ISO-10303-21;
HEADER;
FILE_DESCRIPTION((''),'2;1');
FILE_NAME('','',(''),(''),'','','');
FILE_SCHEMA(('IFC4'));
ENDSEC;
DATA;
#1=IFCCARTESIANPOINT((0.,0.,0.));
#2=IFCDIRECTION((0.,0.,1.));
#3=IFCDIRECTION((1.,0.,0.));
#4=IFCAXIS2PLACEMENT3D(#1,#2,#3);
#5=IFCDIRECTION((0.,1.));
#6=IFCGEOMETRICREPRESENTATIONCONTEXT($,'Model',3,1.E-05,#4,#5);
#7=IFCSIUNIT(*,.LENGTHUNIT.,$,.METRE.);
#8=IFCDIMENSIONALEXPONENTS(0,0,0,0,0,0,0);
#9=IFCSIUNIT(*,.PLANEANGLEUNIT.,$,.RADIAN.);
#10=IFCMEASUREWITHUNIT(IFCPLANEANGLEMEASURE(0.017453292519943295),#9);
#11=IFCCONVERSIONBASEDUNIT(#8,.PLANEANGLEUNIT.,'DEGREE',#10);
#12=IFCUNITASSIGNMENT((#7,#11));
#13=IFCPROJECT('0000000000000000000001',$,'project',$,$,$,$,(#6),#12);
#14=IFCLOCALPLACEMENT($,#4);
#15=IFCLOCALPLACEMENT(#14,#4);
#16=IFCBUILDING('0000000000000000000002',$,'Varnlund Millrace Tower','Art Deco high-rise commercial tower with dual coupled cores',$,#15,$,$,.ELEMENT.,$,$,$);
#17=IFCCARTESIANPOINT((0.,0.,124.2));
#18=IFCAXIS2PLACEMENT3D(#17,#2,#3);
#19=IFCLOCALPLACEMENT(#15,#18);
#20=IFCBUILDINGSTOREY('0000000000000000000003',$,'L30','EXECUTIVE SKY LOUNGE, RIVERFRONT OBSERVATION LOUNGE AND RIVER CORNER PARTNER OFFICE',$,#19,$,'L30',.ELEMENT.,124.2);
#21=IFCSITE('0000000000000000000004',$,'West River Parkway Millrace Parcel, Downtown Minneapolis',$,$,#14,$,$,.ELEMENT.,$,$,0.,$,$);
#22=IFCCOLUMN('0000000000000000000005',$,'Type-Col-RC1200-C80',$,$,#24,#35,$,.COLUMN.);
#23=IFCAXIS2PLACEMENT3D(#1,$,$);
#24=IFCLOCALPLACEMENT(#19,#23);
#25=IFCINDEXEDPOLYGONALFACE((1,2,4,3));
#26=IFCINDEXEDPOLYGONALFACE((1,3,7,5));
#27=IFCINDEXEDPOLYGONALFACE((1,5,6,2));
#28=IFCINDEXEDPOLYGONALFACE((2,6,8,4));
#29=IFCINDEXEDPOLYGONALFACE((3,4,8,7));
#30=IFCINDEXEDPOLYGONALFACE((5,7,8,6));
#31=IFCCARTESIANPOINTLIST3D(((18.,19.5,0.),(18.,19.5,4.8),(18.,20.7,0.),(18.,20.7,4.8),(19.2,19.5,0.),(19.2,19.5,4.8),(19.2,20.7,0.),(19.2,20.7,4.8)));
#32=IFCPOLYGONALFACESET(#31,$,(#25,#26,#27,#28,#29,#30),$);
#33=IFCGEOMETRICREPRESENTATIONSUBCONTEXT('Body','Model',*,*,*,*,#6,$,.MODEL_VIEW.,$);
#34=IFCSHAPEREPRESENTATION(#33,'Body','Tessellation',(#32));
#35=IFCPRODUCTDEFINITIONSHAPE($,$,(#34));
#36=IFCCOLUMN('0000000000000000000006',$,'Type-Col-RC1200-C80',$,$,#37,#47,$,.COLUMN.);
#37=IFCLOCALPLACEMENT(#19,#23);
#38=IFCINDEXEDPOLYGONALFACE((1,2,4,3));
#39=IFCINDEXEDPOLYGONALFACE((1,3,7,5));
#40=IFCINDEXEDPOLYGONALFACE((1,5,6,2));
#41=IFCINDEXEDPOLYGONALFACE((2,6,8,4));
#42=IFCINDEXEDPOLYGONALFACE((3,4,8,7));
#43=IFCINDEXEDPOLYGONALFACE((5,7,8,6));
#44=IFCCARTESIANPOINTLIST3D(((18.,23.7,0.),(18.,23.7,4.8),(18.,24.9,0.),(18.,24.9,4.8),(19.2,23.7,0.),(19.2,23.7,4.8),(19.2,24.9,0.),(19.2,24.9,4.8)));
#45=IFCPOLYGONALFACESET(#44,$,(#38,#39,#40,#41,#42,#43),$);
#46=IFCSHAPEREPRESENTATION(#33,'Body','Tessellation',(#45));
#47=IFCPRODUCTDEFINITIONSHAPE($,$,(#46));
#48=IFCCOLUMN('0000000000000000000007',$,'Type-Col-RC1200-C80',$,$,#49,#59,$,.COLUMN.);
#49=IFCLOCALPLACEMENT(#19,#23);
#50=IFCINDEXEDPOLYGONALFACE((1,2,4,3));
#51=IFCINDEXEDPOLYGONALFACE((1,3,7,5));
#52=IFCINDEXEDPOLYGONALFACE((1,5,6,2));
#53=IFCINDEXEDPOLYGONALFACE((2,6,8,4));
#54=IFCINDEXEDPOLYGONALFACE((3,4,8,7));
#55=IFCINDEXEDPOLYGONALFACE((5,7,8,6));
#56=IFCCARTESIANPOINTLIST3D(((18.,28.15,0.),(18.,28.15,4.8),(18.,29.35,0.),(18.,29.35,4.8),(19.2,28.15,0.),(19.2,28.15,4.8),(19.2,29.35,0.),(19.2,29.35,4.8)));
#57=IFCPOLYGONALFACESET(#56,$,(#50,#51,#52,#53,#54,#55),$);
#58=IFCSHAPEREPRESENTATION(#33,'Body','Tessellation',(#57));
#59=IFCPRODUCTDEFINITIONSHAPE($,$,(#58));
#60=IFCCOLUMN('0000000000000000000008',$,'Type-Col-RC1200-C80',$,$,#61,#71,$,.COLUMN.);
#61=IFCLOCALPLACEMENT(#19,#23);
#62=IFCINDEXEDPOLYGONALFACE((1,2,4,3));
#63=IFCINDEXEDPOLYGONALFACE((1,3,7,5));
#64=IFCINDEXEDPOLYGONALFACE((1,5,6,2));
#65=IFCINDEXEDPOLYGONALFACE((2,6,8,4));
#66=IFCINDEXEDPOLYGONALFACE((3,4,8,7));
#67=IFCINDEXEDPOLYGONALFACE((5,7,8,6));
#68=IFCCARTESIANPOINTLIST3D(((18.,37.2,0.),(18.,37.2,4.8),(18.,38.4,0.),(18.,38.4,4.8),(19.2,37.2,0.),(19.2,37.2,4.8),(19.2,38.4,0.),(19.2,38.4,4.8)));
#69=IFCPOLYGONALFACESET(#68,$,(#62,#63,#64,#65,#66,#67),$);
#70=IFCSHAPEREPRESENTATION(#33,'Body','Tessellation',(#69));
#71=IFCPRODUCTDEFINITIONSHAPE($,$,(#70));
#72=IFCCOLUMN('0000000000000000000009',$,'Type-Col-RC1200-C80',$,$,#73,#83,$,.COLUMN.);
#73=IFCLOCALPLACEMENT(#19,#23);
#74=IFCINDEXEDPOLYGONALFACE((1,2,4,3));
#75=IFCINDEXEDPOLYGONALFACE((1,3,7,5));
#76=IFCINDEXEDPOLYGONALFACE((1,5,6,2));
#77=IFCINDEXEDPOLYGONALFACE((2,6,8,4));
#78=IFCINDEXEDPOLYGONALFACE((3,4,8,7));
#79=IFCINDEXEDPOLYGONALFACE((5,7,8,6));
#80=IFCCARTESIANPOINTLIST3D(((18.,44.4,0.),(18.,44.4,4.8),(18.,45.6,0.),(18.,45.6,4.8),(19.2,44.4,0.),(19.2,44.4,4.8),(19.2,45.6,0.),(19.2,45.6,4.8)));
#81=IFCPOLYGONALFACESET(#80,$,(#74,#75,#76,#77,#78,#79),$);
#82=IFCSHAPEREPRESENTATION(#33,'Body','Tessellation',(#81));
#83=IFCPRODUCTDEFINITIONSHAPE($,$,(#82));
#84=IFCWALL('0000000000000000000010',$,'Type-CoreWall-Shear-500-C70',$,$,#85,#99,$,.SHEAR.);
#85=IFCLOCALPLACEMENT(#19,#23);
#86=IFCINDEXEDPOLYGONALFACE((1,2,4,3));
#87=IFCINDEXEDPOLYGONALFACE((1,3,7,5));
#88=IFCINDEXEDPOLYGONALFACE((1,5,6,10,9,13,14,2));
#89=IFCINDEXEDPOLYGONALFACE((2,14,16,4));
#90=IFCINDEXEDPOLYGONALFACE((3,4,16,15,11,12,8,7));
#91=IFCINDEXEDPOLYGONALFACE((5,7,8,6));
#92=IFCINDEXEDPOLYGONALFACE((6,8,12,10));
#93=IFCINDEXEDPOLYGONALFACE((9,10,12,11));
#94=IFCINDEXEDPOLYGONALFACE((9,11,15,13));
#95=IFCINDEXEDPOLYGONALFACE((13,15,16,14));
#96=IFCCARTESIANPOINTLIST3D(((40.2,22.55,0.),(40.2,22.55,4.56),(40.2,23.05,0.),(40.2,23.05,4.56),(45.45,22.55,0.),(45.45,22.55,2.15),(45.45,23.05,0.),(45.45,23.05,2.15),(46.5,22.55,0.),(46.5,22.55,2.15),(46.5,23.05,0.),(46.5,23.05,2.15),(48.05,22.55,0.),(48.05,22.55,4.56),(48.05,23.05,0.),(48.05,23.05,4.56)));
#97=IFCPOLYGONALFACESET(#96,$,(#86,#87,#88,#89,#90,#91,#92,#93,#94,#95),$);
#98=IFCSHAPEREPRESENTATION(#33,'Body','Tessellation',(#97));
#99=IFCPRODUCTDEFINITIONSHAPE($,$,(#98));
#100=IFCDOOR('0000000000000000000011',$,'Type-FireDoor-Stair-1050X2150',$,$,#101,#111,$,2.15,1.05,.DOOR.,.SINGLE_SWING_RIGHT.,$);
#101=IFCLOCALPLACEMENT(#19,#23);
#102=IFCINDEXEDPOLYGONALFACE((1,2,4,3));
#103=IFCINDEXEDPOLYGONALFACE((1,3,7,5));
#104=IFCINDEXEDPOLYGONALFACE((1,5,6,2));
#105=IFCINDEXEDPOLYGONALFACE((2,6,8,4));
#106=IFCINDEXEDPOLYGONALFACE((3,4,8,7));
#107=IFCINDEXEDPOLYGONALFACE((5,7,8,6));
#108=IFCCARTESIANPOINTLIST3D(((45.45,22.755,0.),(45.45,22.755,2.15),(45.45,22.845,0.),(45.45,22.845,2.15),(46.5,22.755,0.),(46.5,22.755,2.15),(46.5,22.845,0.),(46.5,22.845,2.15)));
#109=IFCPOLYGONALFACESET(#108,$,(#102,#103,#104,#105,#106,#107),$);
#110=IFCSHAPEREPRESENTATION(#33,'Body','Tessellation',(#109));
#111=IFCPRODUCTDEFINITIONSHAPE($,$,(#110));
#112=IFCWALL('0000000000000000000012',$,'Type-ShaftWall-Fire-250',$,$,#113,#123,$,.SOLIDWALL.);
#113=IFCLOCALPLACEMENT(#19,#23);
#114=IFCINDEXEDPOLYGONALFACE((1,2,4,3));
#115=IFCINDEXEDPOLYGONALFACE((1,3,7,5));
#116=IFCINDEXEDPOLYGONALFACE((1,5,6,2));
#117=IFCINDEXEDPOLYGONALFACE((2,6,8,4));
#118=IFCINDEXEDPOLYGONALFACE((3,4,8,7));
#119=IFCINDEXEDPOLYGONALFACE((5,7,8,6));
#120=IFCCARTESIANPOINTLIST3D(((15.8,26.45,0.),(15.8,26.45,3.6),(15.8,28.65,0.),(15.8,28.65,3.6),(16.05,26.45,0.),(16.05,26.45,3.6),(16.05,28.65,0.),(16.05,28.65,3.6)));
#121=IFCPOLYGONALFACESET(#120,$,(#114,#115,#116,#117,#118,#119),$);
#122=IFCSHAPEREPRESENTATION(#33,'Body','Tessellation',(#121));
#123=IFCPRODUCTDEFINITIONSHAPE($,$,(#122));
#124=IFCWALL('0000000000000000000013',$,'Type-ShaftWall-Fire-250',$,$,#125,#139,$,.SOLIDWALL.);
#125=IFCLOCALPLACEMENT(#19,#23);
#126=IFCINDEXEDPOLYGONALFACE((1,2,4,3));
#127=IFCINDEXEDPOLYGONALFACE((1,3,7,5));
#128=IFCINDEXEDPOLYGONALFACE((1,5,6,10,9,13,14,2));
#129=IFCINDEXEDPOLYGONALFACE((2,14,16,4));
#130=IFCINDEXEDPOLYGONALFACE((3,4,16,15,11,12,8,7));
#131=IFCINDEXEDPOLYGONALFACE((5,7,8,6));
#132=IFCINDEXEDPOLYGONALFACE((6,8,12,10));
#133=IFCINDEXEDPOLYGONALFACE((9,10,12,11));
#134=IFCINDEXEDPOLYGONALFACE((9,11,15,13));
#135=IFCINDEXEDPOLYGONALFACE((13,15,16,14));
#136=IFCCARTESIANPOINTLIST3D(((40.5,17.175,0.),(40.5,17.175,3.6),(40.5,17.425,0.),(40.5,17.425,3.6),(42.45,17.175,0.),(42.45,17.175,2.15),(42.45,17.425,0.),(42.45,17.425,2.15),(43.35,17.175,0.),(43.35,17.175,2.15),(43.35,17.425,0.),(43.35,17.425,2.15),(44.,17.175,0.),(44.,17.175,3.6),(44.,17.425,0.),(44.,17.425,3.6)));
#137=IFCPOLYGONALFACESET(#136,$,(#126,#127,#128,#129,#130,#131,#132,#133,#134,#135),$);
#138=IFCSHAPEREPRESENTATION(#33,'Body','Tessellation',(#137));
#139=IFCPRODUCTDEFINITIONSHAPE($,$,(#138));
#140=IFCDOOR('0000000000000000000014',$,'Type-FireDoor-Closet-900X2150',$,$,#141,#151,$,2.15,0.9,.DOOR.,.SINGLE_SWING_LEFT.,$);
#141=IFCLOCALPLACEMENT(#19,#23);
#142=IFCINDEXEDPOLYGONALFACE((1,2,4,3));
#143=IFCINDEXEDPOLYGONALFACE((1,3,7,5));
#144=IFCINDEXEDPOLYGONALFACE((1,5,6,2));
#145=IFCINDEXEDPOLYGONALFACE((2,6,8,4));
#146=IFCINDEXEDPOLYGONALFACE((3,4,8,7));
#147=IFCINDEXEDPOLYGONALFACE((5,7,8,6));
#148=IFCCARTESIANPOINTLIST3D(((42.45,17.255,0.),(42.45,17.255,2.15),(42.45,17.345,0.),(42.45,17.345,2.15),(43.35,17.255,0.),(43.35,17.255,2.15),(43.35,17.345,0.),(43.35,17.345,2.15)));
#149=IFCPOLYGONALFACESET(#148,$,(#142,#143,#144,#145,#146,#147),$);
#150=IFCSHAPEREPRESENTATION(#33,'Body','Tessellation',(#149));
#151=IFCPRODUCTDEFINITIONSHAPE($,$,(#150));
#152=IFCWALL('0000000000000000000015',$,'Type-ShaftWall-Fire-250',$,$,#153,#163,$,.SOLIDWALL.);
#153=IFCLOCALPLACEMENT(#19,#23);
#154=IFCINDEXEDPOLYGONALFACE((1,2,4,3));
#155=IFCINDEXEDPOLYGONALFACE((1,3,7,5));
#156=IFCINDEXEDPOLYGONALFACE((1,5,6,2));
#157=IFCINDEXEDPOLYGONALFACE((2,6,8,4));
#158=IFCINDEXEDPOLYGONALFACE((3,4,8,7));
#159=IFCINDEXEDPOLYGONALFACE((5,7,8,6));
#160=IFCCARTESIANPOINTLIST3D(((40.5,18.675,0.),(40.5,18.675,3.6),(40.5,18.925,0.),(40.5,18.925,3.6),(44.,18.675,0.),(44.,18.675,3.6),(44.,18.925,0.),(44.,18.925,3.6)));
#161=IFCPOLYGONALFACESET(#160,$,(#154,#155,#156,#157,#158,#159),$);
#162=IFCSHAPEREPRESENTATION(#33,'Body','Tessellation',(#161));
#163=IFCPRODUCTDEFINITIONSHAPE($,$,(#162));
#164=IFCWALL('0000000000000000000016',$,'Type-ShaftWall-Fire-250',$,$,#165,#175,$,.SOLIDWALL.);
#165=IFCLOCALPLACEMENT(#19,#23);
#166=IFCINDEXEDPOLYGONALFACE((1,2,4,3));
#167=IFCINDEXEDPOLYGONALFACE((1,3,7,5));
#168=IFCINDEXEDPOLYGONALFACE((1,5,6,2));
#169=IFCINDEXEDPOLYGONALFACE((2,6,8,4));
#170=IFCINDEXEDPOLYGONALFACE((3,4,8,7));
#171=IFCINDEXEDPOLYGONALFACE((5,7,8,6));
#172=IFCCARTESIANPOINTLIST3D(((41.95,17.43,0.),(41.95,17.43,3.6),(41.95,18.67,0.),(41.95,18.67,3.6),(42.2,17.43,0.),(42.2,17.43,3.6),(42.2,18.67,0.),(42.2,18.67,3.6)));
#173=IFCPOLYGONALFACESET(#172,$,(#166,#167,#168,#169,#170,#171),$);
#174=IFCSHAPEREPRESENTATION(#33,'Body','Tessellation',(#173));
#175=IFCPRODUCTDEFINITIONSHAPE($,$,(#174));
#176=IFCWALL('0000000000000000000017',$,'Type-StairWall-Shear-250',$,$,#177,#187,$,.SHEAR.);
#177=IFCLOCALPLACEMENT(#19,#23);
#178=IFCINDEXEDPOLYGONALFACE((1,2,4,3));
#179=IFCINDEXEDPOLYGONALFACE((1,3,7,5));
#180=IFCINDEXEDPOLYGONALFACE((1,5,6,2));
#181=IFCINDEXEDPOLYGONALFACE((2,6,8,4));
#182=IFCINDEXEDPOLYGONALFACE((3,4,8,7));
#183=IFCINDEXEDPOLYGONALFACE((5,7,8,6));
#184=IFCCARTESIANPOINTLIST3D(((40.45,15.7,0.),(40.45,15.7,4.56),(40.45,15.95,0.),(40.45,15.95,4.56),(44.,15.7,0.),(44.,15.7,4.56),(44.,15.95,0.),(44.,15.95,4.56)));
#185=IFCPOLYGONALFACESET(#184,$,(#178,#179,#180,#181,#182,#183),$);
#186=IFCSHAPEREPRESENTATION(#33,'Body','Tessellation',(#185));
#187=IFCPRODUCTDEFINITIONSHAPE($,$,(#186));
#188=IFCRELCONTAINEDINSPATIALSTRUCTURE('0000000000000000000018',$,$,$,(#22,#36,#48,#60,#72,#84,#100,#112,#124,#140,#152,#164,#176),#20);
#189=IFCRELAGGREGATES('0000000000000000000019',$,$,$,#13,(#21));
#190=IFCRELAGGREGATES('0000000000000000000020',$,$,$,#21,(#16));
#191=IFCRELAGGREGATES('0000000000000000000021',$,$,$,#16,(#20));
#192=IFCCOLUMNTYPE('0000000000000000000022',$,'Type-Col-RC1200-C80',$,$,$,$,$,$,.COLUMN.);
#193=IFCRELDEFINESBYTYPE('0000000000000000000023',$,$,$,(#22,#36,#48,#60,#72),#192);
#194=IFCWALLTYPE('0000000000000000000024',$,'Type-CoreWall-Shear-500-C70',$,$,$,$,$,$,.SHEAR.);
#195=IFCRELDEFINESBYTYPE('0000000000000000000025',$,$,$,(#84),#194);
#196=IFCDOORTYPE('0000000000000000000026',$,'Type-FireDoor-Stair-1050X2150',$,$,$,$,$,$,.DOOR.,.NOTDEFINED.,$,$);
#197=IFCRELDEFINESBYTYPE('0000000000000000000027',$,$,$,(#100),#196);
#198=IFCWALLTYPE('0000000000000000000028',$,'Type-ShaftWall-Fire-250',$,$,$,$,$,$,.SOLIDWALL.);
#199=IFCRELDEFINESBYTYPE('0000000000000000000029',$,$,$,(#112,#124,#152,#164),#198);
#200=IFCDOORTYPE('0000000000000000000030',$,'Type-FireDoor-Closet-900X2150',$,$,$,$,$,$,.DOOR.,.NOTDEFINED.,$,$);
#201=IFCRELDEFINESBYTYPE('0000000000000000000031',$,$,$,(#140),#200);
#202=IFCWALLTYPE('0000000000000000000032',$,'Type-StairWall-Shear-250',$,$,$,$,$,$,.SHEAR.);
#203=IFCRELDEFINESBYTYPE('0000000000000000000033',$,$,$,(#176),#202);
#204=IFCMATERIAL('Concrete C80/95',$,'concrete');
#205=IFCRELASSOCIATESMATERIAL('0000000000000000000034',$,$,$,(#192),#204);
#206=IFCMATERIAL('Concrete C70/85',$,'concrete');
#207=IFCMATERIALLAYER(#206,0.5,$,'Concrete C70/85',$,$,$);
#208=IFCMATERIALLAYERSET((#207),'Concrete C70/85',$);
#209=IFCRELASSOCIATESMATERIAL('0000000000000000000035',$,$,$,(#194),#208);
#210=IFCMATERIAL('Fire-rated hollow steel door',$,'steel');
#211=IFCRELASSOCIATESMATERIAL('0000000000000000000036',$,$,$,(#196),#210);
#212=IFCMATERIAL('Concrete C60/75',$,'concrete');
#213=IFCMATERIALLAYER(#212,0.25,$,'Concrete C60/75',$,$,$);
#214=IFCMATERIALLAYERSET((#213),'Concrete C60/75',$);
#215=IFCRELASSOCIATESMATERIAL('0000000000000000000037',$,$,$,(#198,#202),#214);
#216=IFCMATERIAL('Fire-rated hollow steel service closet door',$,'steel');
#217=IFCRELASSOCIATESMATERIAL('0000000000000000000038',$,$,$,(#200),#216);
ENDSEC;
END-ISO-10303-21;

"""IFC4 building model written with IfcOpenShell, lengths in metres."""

from ifc_helpers import new_model, entity, si_unit, converted_unit, direction, frame, origin_with_axes, origin_2d_with_axis, place, context, subcontext, project, spatial, polyline, rectangle, outline, extrude, material, layer, layer_set, material_profile, profile_set, type_object, element, fill, save


model = new_model("IFC4")

# Units and contexts
model_context = context("Model", 3, precision=1e-05, world=origin_with_axes(), true_north=direction((0.0, 1.0)))
body_context = subcontext(model_context, "Body", "Model", "MODEL_VIEW")
ifc_project = project(units=[si_unit("LENGTHUNIT", "METRE"), converted_unit("PLANEANGLEUNIT", "DEGREE", entity("IfcPlaneAngleMeasure", 0.017453292519943295), si_unit("PLANEANGLEUNIT", "RADIAN"), dimensions=[0, 0, 0, 0, 0, 0, 0])], contexts=[model_context])

# Site, building, storey
site_placement = place(None, origin_with_axes())
site = spatial("IfcSite", under=ifc_project, at=site_placement, Name="West River Parkway Millrace Parcel, Downtown Minneapolis", CompositionType="ELEMENT", RefElevation=0.0)
building_placement = place(site_placement, origin_with_axes())
building = spatial("IfcBuilding", under=site, at=building_placement, Name="Varnlund Millrace Tower", Description="Art Deco high-rise commercial tower with dual coupled cores", CompositionType="ELEMENT")
storey_placement = place(building_placement, frame((0.0, 0.0, 124.2), z_axis=(0.0, 0.0, 1.0), x_axis=(1.0, 0.0, 0.0)))
storey = spatial("IfcBuildingStorey", under=building, at=storey_placement, Name="L30", Description="EXECUTIVE SKY LOUNGE, RIVERFRONT OBSERVATION LOUNGE AND RIVER CORNER PARTNER OFFICE", LongName="L30", CompositionType="ELEMENT", Elevation=124.2)

# Columns
ifc_material_1 = material(Name="Concrete C80/95", Category="concrete")
ifc_material_profile = material_profile(ifc_material_1, rectangle(XDim=1.2, YDim=1.2, at=origin_2d_with_axis()), Name="Concrete C80/95")
ifc_profile_set = profile_set([ifc_material_profile], Name="Concrete C80/95")
column_type = type_object("IfcColumnType", Name="Type-Col-RC1200-C80", PredefinedType="COLUMN", material=ifc_profile_set)
for number, where, z_axis, x_axis, name in (
    (1, (18.6, 20.1, 0.0), (0.0, 0.0, 1.0), (1.0, 0.0, 0.0), "Type-Col-RC1200-C80"),
    (2, (18.6, 24.3, 0.0), (0.0, 0.0, 1.0), (1.0, 0.0, 0.0), "Type-Col-RC1200-C80"),
    (3, (18.6, 28.75, 0.0), (0.0, 0.0, 1.0), (1.0, 0.0, 0.0), "Type-Col-RC1200-C80"),
    (4, (18.6, 37.8, 0.0), (0.0, 0.0, 1.0), (1.0, 0.0, 0.0), "Type-Col-RC1200-C80"),
    (5, (18.6, 45.0, 0.0), (0.0, 0.0, 1.0), (1.0, 0.0, 0.0), "Type-Col-RC1200-C80"),
):
    element("IfcColumn", number, at=place(storey_placement, frame(where, z_axis=z_axis, x_axis=x_axis)), inside=storey, type_object=column_type, Name=name, PredefinedType="COLUMN", context=body_context, shape_type="SweptSolid", body=[
        extrude(rectangle(XDim=1.2, YDim=1.2, at=origin_2d_with_axis()), origin_with_axes(), (0.0, 0.0, 1.0), 4.8),
    ])

# Wall, opening, door
ifc_material_2 = material(Name="Concrete C70/85", Category="concrete")
ifc_layer_1 = layer(ifc_material_2, 0.5, Name="Concrete C70/85")
ifc_layer_set_1 = layer_set([ifc_layer_1], Name="Concrete C70/85")
wall_type_1 = type_object("IfcWallType", Name="Type-CoreWall-Shear-500-C70", PredefinedType="SHEAR", material=ifc_layer_set_1)
wall_1_placement = place(storey_placement, frame((40.2, 22.8, 0.0), z_axis=(0.0, 0.0, 1.0), x_axis=(1.0, 0.0, 0.0)))
wall_1 = element("IfcWall", 6, at=wall_1_placement, inside=storey, type_object=wall_type_1, Name="Type-CoreWall-Shear-500-C70", PredefinedType="SHEAR", context=body_context, shape_type="SweptSolid", body=[
    extrude(outline(polyline([(0.0, -0.25), (7.85, -0.25), (7.85, 0.25), (0.0, 0.25), (0.0, -0.25)])), origin_with_axes(), (0.0, 0.0, 1.0), 4.56),
])
opening_1_placement = place(wall_1_placement, frame((5.775, 0.0, 0.0), z_axis=(0.0, 0.0, 1.0), x_axis=(1.0, 0.0, 0.0)))
opening_1 = element("IfcOpeningElement", 7, at=opening_1_placement, cuts=wall_1, PredefinedType="OPENING", context=body_context, shape_type="SweptSolid", body=[
    extrude(rectangle(XDim=1.05, YDim=0.52, at=origin_2d_with_axis()), origin_with_axes(), (0.0, 0.0, 1.0), 2.15),
])
ifc_material_3 = material(Name="Fire-rated hollow steel door", Category="steel")
door_type_1 = type_object("IfcDoorType", Name="Type-FireDoor-Stair-1050X2150", OperationType="NOTDEFINED", PredefinedType="DOOR", material=ifc_material_3)
door_1_placement = place(wall_1_placement, frame((5.775, 0.0, 0.0), z_axis=(0.0, 0.0, 1.0), x_axis=(1.0, 0.0, 0.0)))
door_1 = element("IfcDoor", 8, at=door_1_placement, inside=storey, type_object=door_type_1, Name="Type-FireDoor-Stair-1050X2150", OperationType="SINGLE_SWING_RIGHT", OverallHeight=2.15, OverallWidth=1.05, PredefinedType="DOOR", context=body_context, shape_type="SweptSolid", body=[
    extrude(rectangle(XDim=1.05, YDim=0.09, at=origin_2d_with_axis()), origin_with_axes(), (0.0, 0.0, 1.0), 2.15),
])
fill(opening_1, door_1)

# Wall
ifc_material_4 = material(Name="Concrete C60/75", Category="concrete")
ifc_layer_2 = layer(ifc_material_4, 0.25, Name="Concrete C60/75")
ifc_layer_set_2 = layer_set([ifc_layer_2], Name="Concrete C60/75")
wall_type_2 = type_object("IfcWallType", Name="Type-ShaftWall-Fire-250", PredefinedType="SOLIDWALL", material=ifc_layer_set_2)
wall_2_placement = place(storey_placement, frame((15.925, 26.45, 0.0), z_axis=(0.0, 0.0, 1.0), x_axis=(0.0, 1.0, 0.0)))
element("IfcWall", 9, at=wall_2_placement, inside=storey, type_object=wall_type_2, Name="Type-ShaftWall-Fire-250", PredefinedType="SOLIDWALL", context=body_context, shape_type="SweptSolid", body=[
    extrude(outline(polyline([(0.0, -0.125), (2.2, -0.125), (2.2, 0.125), (0.0, 0.125), (0.0, -0.125)])), origin_with_axes(), (0.0, 0.0, 1.0), 3.6),
])

# Wall, opening, door
wall_3_placement = place(storey_placement, frame((40.5, 17.3, 0.0), z_axis=(0.0, 0.0, 1.0), x_axis=(1.0, 0.0, 0.0)))
wall_3 = element("IfcWall", 10, at=wall_3_placement, inside=storey, type_object=wall_type_2, Name="Type-ShaftWall-Fire-250", PredefinedType="SOLIDWALL", context=body_context, shape_type="SweptSolid", body=[
    extrude(outline(polyline([(0.0, -0.125), (3.5, -0.125), (3.5, 0.125), (0.0, 0.125), (0.0, -0.125)])), origin_with_axes(), (0.0, 0.0, 1.0), 3.6),
])
opening_2_placement = place(wall_3_placement, frame((2.4, 0.0, 0.0), z_axis=(0.0, 0.0, 1.0), x_axis=(1.0, 0.0, 0.0)))
opening_2 = element("IfcOpeningElement", 11, at=opening_2_placement, cuts=wall_3, PredefinedType="OPENING", context=body_context, shape_type="SweptSolid", body=[
    extrude(rectangle(XDim=0.9, YDim=0.27, at=origin_2d_with_axis()), origin_with_axes(), (0.0, 0.0, 1.0), 2.15),
])
ifc_material_5 = material(Name="Fire-rated hollow steel service closet door", Category="steel")
door_type_2 = type_object("IfcDoorType", Name="Type-FireDoor-Closet-900X2150", OperationType="NOTDEFINED", PredefinedType="DOOR", material=ifc_material_5)
door_2_placement = place(wall_3_placement, frame((2.4, 0.0, 0.0), z_axis=(0.0, 0.0, 1.0), x_axis=(1.0, 0.0, 0.0)))
door_2 = element("IfcDoor", 12, at=door_2_placement, inside=storey, type_object=door_type_2, Name="Type-FireDoor-Closet-900X2150", OperationType="SINGLE_SWING_LEFT", OverallHeight=2.15, OverallWidth=0.9, PredefinedType="DOOR", context=body_context, shape_type="SweptSolid", body=[
    extrude(rectangle(XDim=0.9, YDim=0.09, at=origin_2d_with_axis()), origin_with_axes(), (0.0, 0.0, 1.0), 2.15),
])
fill(opening_2, door_2)

# Walls
wall_4_placement = place(storey_placement, frame((40.5, 18.8, 0.0), z_axis=(0.0, 0.0, 1.0), x_axis=(1.0, 0.0, 0.0)))
element("IfcWall", 13, at=wall_4_placement, inside=storey, type_object=wall_type_2, Name="Type-ShaftWall-Fire-250", PredefinedType="SOLIDWALL", context=body_context, shape_type="SweptSolid", body=[
    extrude(outline(polyline([(0.0, -0.125), (3.5, -0.125), (3.5, 0.125), (0.0, 0.125), (0.0, -0.125)])), origin_with_axes(), (0.0, 0.0, 1.0), 3.6),
])
wall_5_placement = place(storey_placement, frame((42.075, 17.43, 0.0), z_axis=(0.0, 0.0, 1.0), x_axis=(0.0, 1.0, 0.0)))
element("IfcWall", 14, at=wall_5_placement, inside=storey, type_object=wall_type_2, Name="Type-ShaftWall-Fire-250", PredefinedType="SOLIDWALL", context=body_context, shape_type="SweptSolid", body=[
    extrude(outline(polyline([(0.0, -0.125), (1.24, -0.125), (1.24, 0.125), (0.0, 0.125), (0.0, -0.125)])), origin_with_axes(), (0.0, 0.0, 1.0), 3.6),
])
wall_type_3 = type_object("IfcWallType", Name="Type-StairWall-Shear-250", PredefinedType="SHEAR", material=ifc_layer_set_2)
wall_6_placement = place(storey_placement, frame((40.45, 15.825, 0.0), z_axis=(0.0, 0.0, 1.0), x_axis=(1.0, 0.0, 0.0)))
element("IfcWall", 15, at=wall_6_placement, inside=storey, type_object=wall_type_3, Name="Type-StairWall-Shear-250", PredefinedType="SHEAR", context=body_context, shape_type="SweptSolid", body=[
    extrude(outline(polyline([(0.0, -0.125), (3.55, -0.125), (3.55, 0.125), (0.0, 0.125), (0.0, -0.125)])), origin_with_axes(), (0.0, 0.0, 1.0), 4.56),
])

save(model, "model.ifc")
